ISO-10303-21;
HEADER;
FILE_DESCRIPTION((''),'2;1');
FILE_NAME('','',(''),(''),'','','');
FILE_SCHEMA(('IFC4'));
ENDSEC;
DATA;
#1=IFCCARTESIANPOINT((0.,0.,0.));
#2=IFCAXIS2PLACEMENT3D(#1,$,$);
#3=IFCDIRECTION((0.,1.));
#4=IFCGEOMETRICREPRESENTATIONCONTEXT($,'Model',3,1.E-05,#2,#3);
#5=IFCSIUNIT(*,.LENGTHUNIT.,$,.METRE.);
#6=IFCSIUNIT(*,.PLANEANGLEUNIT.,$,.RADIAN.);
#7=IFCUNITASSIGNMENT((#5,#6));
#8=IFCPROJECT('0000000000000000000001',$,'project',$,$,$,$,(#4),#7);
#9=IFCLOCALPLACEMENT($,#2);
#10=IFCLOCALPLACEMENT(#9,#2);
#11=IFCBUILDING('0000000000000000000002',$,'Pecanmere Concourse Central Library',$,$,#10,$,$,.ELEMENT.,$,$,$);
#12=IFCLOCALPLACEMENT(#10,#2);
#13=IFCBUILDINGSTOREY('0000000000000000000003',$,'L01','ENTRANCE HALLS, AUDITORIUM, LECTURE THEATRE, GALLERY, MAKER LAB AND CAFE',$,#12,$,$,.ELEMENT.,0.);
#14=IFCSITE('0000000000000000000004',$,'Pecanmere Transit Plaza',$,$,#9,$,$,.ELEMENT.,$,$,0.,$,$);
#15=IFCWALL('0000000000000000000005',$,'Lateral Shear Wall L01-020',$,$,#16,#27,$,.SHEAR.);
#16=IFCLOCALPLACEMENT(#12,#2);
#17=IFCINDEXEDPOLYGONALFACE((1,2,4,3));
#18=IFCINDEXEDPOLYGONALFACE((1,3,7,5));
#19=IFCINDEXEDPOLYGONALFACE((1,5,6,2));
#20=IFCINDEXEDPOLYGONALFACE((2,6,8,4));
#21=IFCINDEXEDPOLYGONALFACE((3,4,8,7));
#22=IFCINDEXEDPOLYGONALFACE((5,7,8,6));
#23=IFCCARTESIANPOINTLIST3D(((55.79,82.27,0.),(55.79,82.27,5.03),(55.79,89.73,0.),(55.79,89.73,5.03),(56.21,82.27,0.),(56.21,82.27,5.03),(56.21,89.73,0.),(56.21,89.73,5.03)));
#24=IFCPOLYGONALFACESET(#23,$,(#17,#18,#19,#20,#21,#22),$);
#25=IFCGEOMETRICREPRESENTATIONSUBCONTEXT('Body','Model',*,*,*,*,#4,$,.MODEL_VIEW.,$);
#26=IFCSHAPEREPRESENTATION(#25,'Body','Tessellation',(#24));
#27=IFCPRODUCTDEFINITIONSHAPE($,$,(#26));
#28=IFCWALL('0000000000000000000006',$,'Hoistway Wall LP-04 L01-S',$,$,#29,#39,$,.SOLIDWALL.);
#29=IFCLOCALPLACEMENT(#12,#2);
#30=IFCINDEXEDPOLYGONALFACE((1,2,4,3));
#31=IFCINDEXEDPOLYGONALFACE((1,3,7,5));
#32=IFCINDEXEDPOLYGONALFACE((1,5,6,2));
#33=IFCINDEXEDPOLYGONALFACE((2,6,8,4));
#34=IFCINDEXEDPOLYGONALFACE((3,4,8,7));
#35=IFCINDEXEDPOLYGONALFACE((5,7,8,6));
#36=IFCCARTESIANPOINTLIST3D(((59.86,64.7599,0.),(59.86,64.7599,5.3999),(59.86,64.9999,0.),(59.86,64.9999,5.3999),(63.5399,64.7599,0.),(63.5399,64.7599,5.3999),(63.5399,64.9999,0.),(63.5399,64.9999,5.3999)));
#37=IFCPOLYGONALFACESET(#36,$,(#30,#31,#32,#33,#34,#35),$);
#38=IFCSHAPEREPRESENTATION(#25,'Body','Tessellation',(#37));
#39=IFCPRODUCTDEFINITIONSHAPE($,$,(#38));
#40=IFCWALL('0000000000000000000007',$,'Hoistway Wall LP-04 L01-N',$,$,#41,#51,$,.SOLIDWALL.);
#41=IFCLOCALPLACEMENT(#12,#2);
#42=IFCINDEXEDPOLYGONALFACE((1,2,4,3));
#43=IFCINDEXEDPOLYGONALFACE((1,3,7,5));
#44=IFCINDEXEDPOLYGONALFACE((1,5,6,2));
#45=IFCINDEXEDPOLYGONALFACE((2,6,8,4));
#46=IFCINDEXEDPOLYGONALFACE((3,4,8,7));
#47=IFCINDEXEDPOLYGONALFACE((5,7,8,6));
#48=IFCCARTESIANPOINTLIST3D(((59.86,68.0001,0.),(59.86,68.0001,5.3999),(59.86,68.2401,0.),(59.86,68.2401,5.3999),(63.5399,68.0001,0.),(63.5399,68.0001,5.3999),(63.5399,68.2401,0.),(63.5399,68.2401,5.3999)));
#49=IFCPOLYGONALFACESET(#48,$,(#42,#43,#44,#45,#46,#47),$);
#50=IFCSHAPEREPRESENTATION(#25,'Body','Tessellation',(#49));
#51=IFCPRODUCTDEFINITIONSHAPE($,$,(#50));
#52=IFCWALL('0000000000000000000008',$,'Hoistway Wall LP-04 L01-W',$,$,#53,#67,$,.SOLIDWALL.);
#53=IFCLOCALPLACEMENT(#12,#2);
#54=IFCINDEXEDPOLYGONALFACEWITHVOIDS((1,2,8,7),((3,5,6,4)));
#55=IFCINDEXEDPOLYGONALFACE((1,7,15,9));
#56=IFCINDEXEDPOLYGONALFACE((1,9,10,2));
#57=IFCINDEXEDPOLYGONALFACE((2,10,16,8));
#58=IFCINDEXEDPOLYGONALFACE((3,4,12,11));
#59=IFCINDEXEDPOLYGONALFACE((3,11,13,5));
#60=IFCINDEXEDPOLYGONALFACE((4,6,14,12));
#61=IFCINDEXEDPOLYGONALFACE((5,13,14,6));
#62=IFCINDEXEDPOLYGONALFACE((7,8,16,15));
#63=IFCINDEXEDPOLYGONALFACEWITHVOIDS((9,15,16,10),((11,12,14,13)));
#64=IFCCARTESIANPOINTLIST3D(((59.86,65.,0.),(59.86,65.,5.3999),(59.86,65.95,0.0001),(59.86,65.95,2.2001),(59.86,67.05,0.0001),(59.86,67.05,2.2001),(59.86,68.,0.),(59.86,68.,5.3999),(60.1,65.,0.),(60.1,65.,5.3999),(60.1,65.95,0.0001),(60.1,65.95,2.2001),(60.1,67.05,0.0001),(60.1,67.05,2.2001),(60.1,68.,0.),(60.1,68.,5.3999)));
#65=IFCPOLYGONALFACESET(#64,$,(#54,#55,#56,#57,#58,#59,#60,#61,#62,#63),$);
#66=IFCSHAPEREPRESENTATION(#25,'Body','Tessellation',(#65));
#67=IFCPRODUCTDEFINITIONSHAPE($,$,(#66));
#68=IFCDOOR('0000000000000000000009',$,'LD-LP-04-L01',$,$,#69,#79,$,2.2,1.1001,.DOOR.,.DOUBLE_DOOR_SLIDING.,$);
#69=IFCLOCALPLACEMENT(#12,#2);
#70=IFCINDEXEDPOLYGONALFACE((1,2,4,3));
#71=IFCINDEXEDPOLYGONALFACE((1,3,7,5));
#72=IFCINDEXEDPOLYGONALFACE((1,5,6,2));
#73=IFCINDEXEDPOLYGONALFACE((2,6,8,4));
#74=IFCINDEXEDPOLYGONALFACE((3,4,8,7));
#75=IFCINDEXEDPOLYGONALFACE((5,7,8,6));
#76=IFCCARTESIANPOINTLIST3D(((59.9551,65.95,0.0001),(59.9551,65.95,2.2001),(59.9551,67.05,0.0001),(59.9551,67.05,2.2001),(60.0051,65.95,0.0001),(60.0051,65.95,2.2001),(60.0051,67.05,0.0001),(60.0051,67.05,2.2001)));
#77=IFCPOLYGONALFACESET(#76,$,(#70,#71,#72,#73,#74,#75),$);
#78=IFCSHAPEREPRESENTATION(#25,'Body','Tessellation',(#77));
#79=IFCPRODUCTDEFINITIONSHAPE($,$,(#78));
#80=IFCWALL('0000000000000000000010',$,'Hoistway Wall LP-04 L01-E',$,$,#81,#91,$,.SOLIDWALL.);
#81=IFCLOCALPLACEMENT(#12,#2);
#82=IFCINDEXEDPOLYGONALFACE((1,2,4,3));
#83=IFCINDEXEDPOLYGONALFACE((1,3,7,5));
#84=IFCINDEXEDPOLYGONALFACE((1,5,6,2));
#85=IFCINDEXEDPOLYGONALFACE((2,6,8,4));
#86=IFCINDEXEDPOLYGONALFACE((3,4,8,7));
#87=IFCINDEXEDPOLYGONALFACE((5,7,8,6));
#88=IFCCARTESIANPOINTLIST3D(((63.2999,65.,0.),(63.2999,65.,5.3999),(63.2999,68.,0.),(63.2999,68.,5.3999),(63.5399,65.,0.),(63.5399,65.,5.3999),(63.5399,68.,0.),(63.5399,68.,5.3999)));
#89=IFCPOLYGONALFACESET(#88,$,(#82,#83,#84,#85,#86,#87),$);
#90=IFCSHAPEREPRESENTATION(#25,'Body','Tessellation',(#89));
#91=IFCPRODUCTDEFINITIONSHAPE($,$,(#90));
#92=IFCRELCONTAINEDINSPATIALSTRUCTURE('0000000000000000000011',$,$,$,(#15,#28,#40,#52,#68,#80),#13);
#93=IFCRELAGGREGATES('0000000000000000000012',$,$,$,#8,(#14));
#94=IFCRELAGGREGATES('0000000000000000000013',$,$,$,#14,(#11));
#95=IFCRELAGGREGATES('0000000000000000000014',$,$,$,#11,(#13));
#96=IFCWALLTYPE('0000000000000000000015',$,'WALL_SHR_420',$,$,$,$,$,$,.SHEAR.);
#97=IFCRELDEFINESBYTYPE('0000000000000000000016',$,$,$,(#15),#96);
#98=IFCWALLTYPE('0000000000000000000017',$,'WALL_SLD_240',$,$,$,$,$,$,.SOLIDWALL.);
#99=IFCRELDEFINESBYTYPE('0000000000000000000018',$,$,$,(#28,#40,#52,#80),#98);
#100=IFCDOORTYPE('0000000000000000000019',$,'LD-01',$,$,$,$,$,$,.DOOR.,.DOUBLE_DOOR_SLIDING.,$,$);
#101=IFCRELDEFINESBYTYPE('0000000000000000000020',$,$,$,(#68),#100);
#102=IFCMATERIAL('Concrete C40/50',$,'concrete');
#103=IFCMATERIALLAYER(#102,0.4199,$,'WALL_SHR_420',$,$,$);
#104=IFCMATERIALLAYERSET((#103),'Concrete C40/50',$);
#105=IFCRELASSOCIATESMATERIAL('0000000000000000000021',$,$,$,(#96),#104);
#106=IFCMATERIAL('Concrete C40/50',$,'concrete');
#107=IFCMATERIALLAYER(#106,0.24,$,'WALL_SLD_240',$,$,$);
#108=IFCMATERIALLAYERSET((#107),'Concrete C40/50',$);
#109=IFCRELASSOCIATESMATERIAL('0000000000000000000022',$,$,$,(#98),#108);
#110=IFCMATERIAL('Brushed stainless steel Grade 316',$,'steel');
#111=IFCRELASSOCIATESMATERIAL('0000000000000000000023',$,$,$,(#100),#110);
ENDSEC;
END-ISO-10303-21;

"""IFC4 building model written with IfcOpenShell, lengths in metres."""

from ifc_helpers import new_model, si_unit, direction, frame, frame_2d, origin, place, context, subcontext, project, spatial, rectangle, extrude, material, layer, layer_set, type_object, element, fill, save


model = new_model("IFC4")

# Units and contexts
model_context = context("Model", 3, precision=1e-05, world=origin(), true_north=direction((0.0, 1.0)))
body_context = subcontext(model_context, "Body", "Model", "MODEL_VIEW")
ifc_project = project(units=[si_unit("LENGTHUNIT", "METRE"), si_unit("PLANEANGLEUNIT", "RADIAN")], contexts=[model_context])

# Site, building, storey
site_placement = place(None, origin())
site = spatial("IfcSite", under=ifc_project, at=site_placement, Name="Pecanmere Transit Plaza", CompositionType="ELEMENT", RefElevation=0.0)
building_placement = place(site_placement, origin())
building = spatial("IfcBuilding", under=site, at=building_placement, Name="Pecanmere Concourse Central Library", CompositionType="ELEMENT")
storey_placement = place(building_placement, origin())
storey = spatial("IfcBuildingStorey", under=building, at=storey_placement, Name="L01", Description="ENTRANCE HALLS, AUDITORIUM, LECTURE THEATRE, GALLERY, MAKER LAB AND CAFE", CompositionType="ELEMENT", Elevation=0.0)

# Walls
ifc_material_1 = material(Name="Concrete C40/50", Category="concrete")
ifc_layer_1 = layer(ifc_material_1, 0.4199, Name="WALL_SHR_420")
ifc_layer_set_1 = layer_set([ifc_layer_1], Name="Concrete C40/50")
wall_type_1 = type_object("IfcWallType", Name="WALL_SHR_420", PredefinedType="SHEAR", material=ifc_layer_set_1)
wall_1_placement = place(storey_placement, frame((56.0, 82.27, 0.0), z_axis=(0.0, 0.0, 1.0), x_axis=(0.0, 1.0, 0.0)))
element("IfcWall", 1, at=wall_1_placement, inside=storey, type_object=wall_type_1, Name="Lateral Shear Wall L01-020", PredefinedType="SHEAR", context=body_context, shape_type="SweptSolid", body=[
    extrude(rectangle(XDim=7.46, YDim=0.4199, at=frame_2d((3.73, 0.0))), origin(), (0.0, 0.0, 1.0), 5.03),
])
ifc_material_2 = material(Name="Concrete C40/50", Category="concrete")
ifc_layer_2 = layer(ifc_material_2, 0.24, Name="WALL_SLD_240")
ifc_layer_set_2 = layer_set([ifc_layer_2], Name="Concrete C40/50")
wall_type_2 = type_object("IfcWallType", Name="WALL_SLD_240", PredefinedType="SOLIDWALL", material=ifc_layer_set_2)
for number, where, z_axis, x_axis, name in (
    (2, (59.8601, 64.8799, 0.0), (0.0, 0.0, 1.0), (1.0, 0.0, 0.0), "Hoistway Wall LP-04 L01-S"),
    (3, (59.8601, 68.1201, 0.0), (0.0, 0.0, 1.0), (1.0, 0.0, 0.0), "Hoistway Wall LP-04 L01-N"),
):
    element("IfcWall", number, at=place(storey_placement, frame(where, z_axis=z_axis, x_axis=x_axis)), inside=storey, type_object=wall_type_2, Name=name, PredefinedType="SOLIDWALL", context=body_context, shape_type="SweptSolid", body=[
        extrude(rectangle(XDim=3.6799, YDim=0.24, at=frame_2d((1.8398, 0.0))), origin(), (0.0, 0.0, 1.0), 5.3999),
    ])

# Wall, opening, door
wall_2_placement = place(storey_placement, frame((59.98, 65.0, 0.0), z_axis=(0.0, 0.0, 1.0), x_axis=(0.0, 1.0, 0.0)))
wall_2 = element("IfcWall", 4, at=wall_2_placement, inside=storey, type_object=wall_type_2, Name="Hoistway Wall LP-04 L01-W", PredefinedType="SOLIDWALL", context=body_context, shape_type="SweptSolid", body=[
    extrude(rectangle(XDim=3.0, YDim=0.24, at=frame_2d((1.5, 0.0))), origin(), (0.0, 0.0, 1.0), 5.3999),
])
opening_1_placement = place(wall_2_placement, frame((0.95, 0.0, 0.0)))
opening_1 = element("IfcOpeningElement", 5, at=opening_1_placement, cuts=wall_2, PredefinedType="OPENING", context=body_context, shape_type="SweptSolid", body=[
    extrude(rectangle(XDim=1.1001, YDim=2.2, at=frame_2d((0.55, 1.1001))), frame((0.0, 0.1318, 0.0), z_axis=(0.0, -1.0, 0.0), x_axis=(1.0, 0.0, 0.0)), (0.0, 0.0, 1.0), 0.2639),
])
ifc_material_3 = material(Name="Brushed stainless steel Grade 316", Category="steel")
door_type_1 = type_object("IfcDoorType", Name="LD-01", OperationType="DOUBLE_DOOR_SLIDING", PredefinedType="DOOR", material=ifc_material_3)
door_1_placement = place(opening_1_placement, origin())
door_1 = element("IfcDoor", 6, at=door_1_placement, inside=storey, type_object=door_type_1, Name="LD-LP-04-L01", OperationType="DOUBLE_DOOR_SLIDING", OverallHeight=2.2, OverallWidth=1.1001, PredefinedType="DOOR", context=body_context, shape_type="SweptSolid", body=[
    extrude(rectangle(XDim=1.1001, YDim=2.2, at=frame_2d((0.55, 1.1001))), frame((0.0, 0.0249, 0.0), z_axis=(0.0, -1.0, 0.0), x_axis=(1.0, 0.0, 0.0)), (0.0, 0.0, 1.0), 0.05),
])
fill(opening_1, door_1)

# Wall
wall_3_placement = place(storey_placement, frame((63.4199, 65.0, 0.0), z_axis=(0.0, 0.0, 1.0), x_axis=(0.0, 1.0, 0.0)))
element("IfcWall", 7, at=wall_3_placement, inside=storey, type_object=wall_type_2, Name="Hoistway Wall LP-04 L01-E", PredefinedType="SOLIDWALL", context=body_context, shape_type="SweptSolid", body=[
    extrude(rectangle(XDim=3.0, YDim=0.24, at=frame_2d((1.5, 0.0))), origin(), (0.0, 0.0, 1.0), 5.3999),
])

save(model, "model.ifc")
